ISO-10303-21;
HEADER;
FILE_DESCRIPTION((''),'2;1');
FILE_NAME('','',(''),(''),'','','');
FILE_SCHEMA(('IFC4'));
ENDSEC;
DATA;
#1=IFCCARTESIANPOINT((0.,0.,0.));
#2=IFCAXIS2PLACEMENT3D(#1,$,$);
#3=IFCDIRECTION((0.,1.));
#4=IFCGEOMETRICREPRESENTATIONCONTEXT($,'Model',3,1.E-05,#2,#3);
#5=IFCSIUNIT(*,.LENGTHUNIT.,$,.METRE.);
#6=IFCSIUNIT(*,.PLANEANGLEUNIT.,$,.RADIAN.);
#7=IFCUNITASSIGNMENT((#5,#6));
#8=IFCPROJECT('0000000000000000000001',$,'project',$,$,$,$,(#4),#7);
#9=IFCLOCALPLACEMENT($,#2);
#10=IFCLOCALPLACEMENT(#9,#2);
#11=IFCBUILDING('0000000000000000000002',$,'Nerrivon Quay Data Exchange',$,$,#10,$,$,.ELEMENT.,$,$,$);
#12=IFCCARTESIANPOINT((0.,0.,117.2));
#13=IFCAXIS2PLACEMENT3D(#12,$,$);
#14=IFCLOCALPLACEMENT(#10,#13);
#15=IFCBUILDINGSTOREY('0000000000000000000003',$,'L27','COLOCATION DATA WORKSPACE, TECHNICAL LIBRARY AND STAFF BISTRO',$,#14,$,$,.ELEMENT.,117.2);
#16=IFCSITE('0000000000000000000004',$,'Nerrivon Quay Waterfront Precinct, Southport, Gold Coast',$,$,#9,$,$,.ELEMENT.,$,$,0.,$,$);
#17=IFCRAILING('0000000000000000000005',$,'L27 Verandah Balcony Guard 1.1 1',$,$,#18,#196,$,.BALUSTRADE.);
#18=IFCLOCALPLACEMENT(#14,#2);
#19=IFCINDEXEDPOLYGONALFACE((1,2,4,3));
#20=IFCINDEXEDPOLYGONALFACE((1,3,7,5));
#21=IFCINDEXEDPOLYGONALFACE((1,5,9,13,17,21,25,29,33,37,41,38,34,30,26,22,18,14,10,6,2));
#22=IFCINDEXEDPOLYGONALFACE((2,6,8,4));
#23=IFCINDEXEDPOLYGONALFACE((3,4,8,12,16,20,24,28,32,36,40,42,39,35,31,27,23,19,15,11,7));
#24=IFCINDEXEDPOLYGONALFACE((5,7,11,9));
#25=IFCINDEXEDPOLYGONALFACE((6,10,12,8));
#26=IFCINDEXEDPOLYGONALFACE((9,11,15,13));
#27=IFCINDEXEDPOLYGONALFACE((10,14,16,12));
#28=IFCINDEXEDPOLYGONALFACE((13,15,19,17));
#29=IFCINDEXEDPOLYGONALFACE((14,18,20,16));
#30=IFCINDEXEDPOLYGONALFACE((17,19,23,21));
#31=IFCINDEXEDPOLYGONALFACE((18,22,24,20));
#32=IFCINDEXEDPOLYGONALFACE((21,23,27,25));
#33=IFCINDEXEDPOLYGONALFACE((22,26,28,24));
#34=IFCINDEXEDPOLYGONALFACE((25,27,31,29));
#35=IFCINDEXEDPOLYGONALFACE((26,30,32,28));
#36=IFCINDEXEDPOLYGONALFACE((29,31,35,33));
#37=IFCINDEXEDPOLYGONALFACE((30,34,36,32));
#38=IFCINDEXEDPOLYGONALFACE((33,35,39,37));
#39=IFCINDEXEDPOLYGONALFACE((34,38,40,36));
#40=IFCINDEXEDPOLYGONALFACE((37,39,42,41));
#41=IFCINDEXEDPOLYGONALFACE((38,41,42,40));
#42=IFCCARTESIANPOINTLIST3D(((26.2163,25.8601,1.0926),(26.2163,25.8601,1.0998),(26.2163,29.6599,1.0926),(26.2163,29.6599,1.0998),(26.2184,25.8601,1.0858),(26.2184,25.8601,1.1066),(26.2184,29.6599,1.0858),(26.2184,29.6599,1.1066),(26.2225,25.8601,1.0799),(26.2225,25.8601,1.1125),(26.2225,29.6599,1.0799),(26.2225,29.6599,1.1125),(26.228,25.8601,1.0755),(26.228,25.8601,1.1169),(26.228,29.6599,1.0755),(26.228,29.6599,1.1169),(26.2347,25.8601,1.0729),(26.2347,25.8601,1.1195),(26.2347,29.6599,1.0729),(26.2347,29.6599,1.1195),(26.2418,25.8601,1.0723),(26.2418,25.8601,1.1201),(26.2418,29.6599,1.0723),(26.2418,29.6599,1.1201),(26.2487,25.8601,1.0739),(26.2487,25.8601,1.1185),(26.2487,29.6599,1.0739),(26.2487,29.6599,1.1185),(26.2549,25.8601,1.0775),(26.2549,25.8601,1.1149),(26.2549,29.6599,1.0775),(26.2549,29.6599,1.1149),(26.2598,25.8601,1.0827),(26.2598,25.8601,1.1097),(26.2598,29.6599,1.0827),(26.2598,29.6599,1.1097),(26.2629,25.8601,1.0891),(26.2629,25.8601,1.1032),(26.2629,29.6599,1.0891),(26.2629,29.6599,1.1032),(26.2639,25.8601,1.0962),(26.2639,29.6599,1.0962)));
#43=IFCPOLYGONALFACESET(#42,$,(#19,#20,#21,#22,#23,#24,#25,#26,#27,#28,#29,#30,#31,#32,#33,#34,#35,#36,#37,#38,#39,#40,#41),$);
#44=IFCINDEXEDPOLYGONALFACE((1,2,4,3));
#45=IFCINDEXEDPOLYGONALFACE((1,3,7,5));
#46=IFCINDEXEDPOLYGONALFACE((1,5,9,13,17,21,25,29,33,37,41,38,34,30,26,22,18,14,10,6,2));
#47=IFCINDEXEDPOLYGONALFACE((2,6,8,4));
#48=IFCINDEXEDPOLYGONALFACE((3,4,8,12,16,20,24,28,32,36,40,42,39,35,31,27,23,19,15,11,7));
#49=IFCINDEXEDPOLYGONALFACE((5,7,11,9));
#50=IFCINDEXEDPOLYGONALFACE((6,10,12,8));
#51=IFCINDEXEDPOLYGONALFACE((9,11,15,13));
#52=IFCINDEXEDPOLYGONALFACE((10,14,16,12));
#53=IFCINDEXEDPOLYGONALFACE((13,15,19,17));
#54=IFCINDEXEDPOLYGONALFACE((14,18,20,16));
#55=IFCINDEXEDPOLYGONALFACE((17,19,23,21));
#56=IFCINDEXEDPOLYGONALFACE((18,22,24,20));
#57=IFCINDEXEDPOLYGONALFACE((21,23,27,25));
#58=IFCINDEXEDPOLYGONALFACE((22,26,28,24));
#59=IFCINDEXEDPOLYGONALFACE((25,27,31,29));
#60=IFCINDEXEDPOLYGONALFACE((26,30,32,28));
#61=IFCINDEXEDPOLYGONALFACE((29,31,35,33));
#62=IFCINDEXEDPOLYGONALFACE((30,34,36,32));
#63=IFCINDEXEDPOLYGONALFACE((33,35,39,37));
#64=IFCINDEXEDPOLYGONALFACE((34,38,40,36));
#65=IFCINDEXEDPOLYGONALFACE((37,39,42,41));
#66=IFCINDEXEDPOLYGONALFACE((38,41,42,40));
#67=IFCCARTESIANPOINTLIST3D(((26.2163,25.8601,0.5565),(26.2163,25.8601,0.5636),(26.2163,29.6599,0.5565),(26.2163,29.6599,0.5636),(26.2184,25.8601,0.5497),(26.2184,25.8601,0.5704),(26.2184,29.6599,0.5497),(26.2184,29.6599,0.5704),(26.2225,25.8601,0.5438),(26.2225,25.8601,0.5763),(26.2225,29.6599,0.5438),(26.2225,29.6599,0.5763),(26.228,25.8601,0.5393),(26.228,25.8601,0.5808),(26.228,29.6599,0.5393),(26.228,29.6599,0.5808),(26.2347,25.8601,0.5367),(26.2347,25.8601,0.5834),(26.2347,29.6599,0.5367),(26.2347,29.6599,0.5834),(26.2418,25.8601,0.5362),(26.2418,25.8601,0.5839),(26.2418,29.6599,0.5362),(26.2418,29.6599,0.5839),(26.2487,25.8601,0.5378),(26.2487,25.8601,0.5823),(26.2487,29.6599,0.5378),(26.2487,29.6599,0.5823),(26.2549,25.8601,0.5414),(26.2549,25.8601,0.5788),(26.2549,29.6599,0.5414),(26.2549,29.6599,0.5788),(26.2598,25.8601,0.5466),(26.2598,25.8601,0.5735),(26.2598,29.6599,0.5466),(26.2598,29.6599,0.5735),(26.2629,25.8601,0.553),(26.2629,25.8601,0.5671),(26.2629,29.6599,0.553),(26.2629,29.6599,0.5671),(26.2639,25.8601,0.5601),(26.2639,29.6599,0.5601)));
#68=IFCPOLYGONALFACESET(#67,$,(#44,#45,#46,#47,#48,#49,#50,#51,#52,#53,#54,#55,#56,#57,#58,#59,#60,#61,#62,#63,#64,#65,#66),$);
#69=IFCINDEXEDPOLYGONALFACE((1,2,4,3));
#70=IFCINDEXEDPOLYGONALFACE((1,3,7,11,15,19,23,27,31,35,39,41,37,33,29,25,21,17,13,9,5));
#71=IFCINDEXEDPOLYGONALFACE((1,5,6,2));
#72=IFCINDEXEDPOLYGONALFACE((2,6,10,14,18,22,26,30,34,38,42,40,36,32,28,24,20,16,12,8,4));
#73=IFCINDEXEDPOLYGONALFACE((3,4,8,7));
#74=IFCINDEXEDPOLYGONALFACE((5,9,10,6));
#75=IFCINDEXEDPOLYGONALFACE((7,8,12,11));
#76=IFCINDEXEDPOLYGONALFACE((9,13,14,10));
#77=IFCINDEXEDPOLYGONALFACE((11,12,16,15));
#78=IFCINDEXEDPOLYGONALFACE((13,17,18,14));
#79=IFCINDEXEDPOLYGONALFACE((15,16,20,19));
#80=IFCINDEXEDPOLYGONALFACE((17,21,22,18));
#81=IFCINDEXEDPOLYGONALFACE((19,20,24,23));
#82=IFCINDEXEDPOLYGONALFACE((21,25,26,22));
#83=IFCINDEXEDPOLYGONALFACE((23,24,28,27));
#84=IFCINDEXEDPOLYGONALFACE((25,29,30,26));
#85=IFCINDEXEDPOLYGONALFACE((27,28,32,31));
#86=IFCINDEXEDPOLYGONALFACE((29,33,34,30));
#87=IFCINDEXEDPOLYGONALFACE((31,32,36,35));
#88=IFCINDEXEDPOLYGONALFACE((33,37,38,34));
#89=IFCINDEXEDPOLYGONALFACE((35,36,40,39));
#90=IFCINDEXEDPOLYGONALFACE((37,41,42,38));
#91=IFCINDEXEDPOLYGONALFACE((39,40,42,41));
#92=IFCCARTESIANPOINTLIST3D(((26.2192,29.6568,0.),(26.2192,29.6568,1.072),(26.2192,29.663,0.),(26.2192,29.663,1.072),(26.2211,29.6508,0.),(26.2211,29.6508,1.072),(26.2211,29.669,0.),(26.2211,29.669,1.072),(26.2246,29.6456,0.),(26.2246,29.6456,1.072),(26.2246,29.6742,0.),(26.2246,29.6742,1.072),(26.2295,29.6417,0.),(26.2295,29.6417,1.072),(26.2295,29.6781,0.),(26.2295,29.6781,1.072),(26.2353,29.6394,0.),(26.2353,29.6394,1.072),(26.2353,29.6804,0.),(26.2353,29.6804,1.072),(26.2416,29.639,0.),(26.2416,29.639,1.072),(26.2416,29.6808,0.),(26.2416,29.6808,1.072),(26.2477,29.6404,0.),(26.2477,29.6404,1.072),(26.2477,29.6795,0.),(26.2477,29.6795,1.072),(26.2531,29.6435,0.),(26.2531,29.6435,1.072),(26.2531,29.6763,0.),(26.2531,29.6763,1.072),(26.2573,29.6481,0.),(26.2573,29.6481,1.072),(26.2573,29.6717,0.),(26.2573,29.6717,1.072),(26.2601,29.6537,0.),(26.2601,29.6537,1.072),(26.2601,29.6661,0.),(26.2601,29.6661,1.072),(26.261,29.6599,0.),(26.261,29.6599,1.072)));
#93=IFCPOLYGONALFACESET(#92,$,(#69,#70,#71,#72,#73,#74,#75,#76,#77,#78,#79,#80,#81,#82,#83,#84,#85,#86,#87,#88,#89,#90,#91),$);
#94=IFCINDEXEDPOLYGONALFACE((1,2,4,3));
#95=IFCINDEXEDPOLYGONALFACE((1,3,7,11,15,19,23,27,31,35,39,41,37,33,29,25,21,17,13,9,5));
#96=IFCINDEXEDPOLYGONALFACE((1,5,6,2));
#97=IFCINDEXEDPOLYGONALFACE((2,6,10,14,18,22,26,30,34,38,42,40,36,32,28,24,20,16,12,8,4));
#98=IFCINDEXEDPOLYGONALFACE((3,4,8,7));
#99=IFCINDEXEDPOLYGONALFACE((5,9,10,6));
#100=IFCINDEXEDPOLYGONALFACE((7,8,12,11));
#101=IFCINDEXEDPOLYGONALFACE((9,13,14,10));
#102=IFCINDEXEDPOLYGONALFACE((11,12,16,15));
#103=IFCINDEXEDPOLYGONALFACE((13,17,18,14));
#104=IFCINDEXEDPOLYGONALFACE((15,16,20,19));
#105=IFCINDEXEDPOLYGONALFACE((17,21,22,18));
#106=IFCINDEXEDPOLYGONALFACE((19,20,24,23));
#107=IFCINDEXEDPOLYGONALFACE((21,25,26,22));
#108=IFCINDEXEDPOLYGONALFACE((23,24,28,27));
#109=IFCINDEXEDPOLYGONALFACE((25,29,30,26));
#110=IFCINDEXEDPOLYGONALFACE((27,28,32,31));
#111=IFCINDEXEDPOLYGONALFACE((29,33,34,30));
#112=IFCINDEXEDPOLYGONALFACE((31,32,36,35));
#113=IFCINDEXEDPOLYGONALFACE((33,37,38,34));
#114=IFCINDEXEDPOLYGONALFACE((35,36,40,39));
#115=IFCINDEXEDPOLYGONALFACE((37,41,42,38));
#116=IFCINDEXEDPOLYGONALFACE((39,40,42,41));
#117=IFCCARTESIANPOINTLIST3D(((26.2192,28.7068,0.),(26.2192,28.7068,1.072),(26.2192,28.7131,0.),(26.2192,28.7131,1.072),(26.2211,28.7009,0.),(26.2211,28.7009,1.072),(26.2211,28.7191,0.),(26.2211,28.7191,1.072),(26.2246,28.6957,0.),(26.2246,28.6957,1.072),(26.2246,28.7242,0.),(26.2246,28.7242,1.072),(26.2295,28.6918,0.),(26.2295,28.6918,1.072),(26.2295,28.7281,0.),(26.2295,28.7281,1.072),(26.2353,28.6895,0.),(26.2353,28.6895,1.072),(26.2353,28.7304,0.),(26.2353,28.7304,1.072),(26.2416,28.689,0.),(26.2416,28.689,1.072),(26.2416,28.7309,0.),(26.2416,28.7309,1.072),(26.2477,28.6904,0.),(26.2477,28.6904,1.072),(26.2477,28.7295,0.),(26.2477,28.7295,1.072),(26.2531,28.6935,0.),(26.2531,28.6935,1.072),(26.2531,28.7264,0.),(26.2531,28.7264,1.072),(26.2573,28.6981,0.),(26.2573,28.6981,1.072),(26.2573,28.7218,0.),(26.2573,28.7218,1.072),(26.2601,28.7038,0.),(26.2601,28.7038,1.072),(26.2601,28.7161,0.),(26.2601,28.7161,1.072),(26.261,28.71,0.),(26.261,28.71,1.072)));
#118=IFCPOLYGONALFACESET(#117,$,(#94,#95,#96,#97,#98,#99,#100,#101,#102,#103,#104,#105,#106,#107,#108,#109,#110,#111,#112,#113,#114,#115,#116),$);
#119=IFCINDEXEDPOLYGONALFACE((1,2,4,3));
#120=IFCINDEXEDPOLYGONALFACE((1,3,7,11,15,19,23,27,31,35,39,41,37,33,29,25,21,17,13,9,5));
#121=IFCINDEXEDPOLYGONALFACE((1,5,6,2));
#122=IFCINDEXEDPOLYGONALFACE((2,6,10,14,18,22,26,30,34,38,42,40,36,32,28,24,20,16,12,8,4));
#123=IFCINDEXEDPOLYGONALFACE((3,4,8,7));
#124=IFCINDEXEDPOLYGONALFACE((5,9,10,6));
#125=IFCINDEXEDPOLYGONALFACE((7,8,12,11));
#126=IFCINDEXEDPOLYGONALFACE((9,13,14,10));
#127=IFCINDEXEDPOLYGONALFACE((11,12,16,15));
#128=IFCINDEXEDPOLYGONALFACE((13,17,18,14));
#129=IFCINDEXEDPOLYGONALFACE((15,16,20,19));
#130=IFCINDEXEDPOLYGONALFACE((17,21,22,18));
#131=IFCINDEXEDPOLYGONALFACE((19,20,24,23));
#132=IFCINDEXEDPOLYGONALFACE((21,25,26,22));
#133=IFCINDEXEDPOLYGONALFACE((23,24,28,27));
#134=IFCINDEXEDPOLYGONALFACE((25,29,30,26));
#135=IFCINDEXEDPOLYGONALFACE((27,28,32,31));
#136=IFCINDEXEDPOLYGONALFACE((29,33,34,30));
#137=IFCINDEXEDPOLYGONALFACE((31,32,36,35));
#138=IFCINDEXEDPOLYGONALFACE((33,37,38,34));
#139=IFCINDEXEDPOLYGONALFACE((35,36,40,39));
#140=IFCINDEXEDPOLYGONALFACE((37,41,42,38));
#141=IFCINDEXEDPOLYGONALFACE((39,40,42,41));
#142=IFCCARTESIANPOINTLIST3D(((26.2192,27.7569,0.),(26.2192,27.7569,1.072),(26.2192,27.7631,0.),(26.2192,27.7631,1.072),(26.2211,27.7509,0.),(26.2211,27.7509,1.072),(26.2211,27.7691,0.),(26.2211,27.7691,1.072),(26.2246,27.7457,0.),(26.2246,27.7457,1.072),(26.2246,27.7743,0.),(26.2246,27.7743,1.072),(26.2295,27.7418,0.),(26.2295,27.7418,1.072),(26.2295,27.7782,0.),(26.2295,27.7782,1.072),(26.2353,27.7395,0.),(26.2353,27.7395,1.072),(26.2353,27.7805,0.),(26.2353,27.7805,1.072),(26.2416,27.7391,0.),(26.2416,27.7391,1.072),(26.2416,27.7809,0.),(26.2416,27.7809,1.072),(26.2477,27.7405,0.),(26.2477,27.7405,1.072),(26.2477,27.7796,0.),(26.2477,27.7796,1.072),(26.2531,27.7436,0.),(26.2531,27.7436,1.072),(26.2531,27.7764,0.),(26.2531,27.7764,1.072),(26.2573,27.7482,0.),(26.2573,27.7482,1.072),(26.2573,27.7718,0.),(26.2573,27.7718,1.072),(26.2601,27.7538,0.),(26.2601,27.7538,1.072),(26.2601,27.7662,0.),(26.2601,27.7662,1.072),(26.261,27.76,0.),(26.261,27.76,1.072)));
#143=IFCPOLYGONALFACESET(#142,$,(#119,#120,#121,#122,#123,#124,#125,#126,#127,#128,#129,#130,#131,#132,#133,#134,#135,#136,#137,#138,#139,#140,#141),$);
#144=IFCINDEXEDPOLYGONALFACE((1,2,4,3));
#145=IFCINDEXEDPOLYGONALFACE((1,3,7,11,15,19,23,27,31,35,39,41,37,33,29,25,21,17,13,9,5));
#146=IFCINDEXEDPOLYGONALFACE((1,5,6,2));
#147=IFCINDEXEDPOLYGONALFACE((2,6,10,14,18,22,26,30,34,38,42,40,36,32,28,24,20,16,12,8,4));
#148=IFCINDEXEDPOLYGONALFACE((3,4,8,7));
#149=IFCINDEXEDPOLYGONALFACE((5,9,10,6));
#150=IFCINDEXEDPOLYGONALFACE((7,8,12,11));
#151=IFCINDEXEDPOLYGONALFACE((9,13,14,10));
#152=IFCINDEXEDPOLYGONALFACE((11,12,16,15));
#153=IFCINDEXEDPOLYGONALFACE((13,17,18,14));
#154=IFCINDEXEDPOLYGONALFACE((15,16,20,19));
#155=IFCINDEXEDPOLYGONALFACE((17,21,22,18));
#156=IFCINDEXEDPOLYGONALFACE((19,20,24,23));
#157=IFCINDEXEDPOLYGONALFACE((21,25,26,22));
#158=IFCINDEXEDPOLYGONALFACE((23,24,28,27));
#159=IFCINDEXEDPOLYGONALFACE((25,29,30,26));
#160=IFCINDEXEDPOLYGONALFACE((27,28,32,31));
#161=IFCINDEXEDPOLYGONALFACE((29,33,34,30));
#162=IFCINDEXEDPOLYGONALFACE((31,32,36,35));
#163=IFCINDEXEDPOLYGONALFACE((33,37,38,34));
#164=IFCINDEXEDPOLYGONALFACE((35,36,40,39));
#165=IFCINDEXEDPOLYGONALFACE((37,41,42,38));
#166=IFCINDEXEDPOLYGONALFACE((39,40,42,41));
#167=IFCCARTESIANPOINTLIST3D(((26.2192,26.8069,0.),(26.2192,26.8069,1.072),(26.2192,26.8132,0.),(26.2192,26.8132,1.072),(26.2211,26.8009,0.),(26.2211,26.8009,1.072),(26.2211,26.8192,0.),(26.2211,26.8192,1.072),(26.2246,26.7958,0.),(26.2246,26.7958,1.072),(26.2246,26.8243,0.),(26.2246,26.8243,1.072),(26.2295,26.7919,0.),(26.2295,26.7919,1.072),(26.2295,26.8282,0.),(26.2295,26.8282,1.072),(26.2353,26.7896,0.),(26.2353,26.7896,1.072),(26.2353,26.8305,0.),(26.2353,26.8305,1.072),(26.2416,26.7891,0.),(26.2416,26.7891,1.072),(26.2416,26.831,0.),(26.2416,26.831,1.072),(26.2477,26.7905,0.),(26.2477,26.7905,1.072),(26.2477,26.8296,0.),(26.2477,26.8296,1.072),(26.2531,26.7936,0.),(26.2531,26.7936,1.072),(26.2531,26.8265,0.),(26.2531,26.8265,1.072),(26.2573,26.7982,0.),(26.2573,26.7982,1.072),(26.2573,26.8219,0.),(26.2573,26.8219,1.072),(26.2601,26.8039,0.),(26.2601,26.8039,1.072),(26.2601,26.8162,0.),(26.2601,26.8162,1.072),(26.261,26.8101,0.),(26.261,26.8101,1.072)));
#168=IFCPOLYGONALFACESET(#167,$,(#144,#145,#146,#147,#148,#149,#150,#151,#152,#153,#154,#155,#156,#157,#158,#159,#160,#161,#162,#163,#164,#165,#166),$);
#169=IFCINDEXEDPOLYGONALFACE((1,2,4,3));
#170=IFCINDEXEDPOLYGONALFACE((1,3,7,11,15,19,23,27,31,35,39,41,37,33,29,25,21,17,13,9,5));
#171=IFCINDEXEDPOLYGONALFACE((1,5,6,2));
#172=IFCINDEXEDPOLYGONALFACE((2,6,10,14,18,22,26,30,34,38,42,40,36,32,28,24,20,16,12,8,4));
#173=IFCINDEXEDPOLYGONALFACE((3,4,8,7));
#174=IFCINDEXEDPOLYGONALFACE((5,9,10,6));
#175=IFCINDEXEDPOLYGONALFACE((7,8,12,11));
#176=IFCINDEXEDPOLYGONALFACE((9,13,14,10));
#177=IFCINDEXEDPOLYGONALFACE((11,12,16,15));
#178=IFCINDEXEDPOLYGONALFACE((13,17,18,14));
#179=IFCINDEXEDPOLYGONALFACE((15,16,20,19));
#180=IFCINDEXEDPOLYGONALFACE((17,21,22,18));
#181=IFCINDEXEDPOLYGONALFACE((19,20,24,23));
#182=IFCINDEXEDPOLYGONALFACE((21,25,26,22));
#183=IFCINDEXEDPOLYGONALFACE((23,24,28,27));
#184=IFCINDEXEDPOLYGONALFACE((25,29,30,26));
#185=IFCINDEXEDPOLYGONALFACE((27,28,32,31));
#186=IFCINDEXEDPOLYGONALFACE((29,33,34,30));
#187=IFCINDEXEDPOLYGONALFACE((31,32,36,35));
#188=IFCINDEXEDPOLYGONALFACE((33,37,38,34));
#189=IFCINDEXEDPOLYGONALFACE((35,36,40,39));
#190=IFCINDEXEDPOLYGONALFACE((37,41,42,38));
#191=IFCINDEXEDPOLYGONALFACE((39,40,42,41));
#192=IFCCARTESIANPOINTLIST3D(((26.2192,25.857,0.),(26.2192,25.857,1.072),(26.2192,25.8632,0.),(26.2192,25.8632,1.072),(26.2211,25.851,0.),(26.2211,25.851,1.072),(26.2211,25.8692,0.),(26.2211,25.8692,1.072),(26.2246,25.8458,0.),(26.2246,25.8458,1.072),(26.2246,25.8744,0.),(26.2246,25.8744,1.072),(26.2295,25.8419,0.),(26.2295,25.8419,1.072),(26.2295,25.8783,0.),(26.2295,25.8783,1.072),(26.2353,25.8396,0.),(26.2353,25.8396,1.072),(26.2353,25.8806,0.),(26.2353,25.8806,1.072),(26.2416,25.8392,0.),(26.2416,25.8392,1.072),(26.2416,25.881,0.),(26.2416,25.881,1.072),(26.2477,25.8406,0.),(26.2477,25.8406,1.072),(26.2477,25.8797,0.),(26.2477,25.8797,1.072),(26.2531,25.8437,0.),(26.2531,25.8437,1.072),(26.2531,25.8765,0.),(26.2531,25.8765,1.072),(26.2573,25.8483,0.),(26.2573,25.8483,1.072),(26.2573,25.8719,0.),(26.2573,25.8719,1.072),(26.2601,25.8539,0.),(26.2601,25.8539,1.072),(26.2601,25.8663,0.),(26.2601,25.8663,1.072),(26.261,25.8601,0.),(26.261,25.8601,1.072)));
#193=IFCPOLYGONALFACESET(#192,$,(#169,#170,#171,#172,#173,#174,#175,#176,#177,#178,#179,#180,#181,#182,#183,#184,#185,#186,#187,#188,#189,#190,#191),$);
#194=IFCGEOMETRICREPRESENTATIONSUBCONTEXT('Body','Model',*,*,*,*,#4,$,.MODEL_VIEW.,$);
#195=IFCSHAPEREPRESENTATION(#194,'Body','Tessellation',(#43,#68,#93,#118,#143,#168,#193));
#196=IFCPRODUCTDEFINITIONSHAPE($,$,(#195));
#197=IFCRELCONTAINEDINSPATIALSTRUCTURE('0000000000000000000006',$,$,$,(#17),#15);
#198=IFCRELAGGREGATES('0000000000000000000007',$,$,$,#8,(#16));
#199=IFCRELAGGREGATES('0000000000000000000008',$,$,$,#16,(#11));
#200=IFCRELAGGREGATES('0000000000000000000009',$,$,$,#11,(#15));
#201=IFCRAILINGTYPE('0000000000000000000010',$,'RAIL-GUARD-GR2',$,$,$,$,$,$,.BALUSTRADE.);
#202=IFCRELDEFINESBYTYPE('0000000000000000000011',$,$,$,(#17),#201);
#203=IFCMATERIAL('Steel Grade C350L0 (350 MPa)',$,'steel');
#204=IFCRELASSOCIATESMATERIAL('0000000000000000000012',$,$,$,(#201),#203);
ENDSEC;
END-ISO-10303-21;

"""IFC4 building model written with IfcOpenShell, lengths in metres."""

from ifc_helpers import new_model, si_unit, direction, frame, origin, origin_2d, place, context, subcontext, project, spatial, circle, extrude, material, type_object, element, save


model = new_model("IFC4")

# Units and contexts
model_context = context("Model", 3, precision=1e-05, world=origin(), true_north=direction((0.0, 1.0)))
body_context = subcontext(model_context, "Body", "Model", "MODEL_VIEW")
ifc_project = project(units=[si_unit("LENGTHUNIT", "METRE"), si_unit("PLANEANGLEUNIT", "RADIAN")], contexts=[model_context])

# Site, building, storey
site_placement = place(None, origin())
site = spatial("IfcSite", under=ifc_project, at=site_placement, Name="Nerrivon Quay Waterfront Precinct, Southport, Gold Coast", CompositionType="ELEMENT", RefElevation=0.0)
building_placement = place(site_placement, origin())
building = spatial("IfcBuilding", under=site, at=building_placement, Name="Nerrivon Quay Data Exchange", CompositionType="ELEMENT")
storey_placement = place(building_placement, frame((0.0, 0.0, 117.2)))
storey = spatial("IfcBuildingStorey", under=building, at=storey_placement, Name="L27", Description="COLOCATION DATA WORKSPACE, TECHNICAL LIBRARY AND STAFF BISTRO", CompositionType="ELEMENT", Elevation=117.2)

# Railing
ifc_material_1 = material(Name="Steel Grade C350L0 (350 MPa)", Category="steel")
railing_type = type_object("IfcRailingType", Name="RAIL-GUARD-GR2", PredefinedType="BALUSTRADE", material=ifc_material_1)
railing_1_placement = place(storey_placement, frame((26.24, 29.6599, 0.0)))
element("IfcRailing", 1, at=railing_1_placement, inside=storey, type_object=railing_type, Name="L27 Verandah Balcony Guard 1.1 1", PredefinedType="BALUSTRADE", context=body_context, shape_type="SweptSolid", body=[
    extrude(circle(Radius=0.0239, at=origin_2d()), frame((0.0, 0.0, 1.0962), z_axis=(0.0, -1.0, 0.0), x_axis=(1.0, 0.0, 0.0)), (0.0, 0.0, 1.0), 3.7998),
    extrude(circle(Radius=0.0239, at=origin_2d()), frame((0.0, 0.0, 0.5601), z_axis=(0.0, -1.0, 0.0), x_axis=(1.0, 0.0, 0.0)), (0.0, 0.0, 1.0), 3.7998),
    extrude(circle(Radius=0.021, at=origin_2d()), origin(), (0.0, 0.0, 1.0), 1.072),
    extrude(circle(Radius=0.021, at=origin_2d()), frame((0.0, -0.95, 0.0)), (0.0, 0.0, 1.0), 1.072),
    extrude(circle(Radius=0.021, at=origin_2d()), frame((0.0, -1.8999, 0.0)), (0.0, 0.0, 1.0), 1.072),
    extrude(circle(Radius=0.021, at=origin_2d()), frame((0.0, -2.8499, 0.0)), (0.0, 0.0, 1.0), 1.072),
    extrude(circle(Radius=0.021, at=origin_2d()), frame((0.0, -3.7998, 0.0)), (0.0, 0.0, 1.0), 1.072),
])

save(model, "model.ifc")
